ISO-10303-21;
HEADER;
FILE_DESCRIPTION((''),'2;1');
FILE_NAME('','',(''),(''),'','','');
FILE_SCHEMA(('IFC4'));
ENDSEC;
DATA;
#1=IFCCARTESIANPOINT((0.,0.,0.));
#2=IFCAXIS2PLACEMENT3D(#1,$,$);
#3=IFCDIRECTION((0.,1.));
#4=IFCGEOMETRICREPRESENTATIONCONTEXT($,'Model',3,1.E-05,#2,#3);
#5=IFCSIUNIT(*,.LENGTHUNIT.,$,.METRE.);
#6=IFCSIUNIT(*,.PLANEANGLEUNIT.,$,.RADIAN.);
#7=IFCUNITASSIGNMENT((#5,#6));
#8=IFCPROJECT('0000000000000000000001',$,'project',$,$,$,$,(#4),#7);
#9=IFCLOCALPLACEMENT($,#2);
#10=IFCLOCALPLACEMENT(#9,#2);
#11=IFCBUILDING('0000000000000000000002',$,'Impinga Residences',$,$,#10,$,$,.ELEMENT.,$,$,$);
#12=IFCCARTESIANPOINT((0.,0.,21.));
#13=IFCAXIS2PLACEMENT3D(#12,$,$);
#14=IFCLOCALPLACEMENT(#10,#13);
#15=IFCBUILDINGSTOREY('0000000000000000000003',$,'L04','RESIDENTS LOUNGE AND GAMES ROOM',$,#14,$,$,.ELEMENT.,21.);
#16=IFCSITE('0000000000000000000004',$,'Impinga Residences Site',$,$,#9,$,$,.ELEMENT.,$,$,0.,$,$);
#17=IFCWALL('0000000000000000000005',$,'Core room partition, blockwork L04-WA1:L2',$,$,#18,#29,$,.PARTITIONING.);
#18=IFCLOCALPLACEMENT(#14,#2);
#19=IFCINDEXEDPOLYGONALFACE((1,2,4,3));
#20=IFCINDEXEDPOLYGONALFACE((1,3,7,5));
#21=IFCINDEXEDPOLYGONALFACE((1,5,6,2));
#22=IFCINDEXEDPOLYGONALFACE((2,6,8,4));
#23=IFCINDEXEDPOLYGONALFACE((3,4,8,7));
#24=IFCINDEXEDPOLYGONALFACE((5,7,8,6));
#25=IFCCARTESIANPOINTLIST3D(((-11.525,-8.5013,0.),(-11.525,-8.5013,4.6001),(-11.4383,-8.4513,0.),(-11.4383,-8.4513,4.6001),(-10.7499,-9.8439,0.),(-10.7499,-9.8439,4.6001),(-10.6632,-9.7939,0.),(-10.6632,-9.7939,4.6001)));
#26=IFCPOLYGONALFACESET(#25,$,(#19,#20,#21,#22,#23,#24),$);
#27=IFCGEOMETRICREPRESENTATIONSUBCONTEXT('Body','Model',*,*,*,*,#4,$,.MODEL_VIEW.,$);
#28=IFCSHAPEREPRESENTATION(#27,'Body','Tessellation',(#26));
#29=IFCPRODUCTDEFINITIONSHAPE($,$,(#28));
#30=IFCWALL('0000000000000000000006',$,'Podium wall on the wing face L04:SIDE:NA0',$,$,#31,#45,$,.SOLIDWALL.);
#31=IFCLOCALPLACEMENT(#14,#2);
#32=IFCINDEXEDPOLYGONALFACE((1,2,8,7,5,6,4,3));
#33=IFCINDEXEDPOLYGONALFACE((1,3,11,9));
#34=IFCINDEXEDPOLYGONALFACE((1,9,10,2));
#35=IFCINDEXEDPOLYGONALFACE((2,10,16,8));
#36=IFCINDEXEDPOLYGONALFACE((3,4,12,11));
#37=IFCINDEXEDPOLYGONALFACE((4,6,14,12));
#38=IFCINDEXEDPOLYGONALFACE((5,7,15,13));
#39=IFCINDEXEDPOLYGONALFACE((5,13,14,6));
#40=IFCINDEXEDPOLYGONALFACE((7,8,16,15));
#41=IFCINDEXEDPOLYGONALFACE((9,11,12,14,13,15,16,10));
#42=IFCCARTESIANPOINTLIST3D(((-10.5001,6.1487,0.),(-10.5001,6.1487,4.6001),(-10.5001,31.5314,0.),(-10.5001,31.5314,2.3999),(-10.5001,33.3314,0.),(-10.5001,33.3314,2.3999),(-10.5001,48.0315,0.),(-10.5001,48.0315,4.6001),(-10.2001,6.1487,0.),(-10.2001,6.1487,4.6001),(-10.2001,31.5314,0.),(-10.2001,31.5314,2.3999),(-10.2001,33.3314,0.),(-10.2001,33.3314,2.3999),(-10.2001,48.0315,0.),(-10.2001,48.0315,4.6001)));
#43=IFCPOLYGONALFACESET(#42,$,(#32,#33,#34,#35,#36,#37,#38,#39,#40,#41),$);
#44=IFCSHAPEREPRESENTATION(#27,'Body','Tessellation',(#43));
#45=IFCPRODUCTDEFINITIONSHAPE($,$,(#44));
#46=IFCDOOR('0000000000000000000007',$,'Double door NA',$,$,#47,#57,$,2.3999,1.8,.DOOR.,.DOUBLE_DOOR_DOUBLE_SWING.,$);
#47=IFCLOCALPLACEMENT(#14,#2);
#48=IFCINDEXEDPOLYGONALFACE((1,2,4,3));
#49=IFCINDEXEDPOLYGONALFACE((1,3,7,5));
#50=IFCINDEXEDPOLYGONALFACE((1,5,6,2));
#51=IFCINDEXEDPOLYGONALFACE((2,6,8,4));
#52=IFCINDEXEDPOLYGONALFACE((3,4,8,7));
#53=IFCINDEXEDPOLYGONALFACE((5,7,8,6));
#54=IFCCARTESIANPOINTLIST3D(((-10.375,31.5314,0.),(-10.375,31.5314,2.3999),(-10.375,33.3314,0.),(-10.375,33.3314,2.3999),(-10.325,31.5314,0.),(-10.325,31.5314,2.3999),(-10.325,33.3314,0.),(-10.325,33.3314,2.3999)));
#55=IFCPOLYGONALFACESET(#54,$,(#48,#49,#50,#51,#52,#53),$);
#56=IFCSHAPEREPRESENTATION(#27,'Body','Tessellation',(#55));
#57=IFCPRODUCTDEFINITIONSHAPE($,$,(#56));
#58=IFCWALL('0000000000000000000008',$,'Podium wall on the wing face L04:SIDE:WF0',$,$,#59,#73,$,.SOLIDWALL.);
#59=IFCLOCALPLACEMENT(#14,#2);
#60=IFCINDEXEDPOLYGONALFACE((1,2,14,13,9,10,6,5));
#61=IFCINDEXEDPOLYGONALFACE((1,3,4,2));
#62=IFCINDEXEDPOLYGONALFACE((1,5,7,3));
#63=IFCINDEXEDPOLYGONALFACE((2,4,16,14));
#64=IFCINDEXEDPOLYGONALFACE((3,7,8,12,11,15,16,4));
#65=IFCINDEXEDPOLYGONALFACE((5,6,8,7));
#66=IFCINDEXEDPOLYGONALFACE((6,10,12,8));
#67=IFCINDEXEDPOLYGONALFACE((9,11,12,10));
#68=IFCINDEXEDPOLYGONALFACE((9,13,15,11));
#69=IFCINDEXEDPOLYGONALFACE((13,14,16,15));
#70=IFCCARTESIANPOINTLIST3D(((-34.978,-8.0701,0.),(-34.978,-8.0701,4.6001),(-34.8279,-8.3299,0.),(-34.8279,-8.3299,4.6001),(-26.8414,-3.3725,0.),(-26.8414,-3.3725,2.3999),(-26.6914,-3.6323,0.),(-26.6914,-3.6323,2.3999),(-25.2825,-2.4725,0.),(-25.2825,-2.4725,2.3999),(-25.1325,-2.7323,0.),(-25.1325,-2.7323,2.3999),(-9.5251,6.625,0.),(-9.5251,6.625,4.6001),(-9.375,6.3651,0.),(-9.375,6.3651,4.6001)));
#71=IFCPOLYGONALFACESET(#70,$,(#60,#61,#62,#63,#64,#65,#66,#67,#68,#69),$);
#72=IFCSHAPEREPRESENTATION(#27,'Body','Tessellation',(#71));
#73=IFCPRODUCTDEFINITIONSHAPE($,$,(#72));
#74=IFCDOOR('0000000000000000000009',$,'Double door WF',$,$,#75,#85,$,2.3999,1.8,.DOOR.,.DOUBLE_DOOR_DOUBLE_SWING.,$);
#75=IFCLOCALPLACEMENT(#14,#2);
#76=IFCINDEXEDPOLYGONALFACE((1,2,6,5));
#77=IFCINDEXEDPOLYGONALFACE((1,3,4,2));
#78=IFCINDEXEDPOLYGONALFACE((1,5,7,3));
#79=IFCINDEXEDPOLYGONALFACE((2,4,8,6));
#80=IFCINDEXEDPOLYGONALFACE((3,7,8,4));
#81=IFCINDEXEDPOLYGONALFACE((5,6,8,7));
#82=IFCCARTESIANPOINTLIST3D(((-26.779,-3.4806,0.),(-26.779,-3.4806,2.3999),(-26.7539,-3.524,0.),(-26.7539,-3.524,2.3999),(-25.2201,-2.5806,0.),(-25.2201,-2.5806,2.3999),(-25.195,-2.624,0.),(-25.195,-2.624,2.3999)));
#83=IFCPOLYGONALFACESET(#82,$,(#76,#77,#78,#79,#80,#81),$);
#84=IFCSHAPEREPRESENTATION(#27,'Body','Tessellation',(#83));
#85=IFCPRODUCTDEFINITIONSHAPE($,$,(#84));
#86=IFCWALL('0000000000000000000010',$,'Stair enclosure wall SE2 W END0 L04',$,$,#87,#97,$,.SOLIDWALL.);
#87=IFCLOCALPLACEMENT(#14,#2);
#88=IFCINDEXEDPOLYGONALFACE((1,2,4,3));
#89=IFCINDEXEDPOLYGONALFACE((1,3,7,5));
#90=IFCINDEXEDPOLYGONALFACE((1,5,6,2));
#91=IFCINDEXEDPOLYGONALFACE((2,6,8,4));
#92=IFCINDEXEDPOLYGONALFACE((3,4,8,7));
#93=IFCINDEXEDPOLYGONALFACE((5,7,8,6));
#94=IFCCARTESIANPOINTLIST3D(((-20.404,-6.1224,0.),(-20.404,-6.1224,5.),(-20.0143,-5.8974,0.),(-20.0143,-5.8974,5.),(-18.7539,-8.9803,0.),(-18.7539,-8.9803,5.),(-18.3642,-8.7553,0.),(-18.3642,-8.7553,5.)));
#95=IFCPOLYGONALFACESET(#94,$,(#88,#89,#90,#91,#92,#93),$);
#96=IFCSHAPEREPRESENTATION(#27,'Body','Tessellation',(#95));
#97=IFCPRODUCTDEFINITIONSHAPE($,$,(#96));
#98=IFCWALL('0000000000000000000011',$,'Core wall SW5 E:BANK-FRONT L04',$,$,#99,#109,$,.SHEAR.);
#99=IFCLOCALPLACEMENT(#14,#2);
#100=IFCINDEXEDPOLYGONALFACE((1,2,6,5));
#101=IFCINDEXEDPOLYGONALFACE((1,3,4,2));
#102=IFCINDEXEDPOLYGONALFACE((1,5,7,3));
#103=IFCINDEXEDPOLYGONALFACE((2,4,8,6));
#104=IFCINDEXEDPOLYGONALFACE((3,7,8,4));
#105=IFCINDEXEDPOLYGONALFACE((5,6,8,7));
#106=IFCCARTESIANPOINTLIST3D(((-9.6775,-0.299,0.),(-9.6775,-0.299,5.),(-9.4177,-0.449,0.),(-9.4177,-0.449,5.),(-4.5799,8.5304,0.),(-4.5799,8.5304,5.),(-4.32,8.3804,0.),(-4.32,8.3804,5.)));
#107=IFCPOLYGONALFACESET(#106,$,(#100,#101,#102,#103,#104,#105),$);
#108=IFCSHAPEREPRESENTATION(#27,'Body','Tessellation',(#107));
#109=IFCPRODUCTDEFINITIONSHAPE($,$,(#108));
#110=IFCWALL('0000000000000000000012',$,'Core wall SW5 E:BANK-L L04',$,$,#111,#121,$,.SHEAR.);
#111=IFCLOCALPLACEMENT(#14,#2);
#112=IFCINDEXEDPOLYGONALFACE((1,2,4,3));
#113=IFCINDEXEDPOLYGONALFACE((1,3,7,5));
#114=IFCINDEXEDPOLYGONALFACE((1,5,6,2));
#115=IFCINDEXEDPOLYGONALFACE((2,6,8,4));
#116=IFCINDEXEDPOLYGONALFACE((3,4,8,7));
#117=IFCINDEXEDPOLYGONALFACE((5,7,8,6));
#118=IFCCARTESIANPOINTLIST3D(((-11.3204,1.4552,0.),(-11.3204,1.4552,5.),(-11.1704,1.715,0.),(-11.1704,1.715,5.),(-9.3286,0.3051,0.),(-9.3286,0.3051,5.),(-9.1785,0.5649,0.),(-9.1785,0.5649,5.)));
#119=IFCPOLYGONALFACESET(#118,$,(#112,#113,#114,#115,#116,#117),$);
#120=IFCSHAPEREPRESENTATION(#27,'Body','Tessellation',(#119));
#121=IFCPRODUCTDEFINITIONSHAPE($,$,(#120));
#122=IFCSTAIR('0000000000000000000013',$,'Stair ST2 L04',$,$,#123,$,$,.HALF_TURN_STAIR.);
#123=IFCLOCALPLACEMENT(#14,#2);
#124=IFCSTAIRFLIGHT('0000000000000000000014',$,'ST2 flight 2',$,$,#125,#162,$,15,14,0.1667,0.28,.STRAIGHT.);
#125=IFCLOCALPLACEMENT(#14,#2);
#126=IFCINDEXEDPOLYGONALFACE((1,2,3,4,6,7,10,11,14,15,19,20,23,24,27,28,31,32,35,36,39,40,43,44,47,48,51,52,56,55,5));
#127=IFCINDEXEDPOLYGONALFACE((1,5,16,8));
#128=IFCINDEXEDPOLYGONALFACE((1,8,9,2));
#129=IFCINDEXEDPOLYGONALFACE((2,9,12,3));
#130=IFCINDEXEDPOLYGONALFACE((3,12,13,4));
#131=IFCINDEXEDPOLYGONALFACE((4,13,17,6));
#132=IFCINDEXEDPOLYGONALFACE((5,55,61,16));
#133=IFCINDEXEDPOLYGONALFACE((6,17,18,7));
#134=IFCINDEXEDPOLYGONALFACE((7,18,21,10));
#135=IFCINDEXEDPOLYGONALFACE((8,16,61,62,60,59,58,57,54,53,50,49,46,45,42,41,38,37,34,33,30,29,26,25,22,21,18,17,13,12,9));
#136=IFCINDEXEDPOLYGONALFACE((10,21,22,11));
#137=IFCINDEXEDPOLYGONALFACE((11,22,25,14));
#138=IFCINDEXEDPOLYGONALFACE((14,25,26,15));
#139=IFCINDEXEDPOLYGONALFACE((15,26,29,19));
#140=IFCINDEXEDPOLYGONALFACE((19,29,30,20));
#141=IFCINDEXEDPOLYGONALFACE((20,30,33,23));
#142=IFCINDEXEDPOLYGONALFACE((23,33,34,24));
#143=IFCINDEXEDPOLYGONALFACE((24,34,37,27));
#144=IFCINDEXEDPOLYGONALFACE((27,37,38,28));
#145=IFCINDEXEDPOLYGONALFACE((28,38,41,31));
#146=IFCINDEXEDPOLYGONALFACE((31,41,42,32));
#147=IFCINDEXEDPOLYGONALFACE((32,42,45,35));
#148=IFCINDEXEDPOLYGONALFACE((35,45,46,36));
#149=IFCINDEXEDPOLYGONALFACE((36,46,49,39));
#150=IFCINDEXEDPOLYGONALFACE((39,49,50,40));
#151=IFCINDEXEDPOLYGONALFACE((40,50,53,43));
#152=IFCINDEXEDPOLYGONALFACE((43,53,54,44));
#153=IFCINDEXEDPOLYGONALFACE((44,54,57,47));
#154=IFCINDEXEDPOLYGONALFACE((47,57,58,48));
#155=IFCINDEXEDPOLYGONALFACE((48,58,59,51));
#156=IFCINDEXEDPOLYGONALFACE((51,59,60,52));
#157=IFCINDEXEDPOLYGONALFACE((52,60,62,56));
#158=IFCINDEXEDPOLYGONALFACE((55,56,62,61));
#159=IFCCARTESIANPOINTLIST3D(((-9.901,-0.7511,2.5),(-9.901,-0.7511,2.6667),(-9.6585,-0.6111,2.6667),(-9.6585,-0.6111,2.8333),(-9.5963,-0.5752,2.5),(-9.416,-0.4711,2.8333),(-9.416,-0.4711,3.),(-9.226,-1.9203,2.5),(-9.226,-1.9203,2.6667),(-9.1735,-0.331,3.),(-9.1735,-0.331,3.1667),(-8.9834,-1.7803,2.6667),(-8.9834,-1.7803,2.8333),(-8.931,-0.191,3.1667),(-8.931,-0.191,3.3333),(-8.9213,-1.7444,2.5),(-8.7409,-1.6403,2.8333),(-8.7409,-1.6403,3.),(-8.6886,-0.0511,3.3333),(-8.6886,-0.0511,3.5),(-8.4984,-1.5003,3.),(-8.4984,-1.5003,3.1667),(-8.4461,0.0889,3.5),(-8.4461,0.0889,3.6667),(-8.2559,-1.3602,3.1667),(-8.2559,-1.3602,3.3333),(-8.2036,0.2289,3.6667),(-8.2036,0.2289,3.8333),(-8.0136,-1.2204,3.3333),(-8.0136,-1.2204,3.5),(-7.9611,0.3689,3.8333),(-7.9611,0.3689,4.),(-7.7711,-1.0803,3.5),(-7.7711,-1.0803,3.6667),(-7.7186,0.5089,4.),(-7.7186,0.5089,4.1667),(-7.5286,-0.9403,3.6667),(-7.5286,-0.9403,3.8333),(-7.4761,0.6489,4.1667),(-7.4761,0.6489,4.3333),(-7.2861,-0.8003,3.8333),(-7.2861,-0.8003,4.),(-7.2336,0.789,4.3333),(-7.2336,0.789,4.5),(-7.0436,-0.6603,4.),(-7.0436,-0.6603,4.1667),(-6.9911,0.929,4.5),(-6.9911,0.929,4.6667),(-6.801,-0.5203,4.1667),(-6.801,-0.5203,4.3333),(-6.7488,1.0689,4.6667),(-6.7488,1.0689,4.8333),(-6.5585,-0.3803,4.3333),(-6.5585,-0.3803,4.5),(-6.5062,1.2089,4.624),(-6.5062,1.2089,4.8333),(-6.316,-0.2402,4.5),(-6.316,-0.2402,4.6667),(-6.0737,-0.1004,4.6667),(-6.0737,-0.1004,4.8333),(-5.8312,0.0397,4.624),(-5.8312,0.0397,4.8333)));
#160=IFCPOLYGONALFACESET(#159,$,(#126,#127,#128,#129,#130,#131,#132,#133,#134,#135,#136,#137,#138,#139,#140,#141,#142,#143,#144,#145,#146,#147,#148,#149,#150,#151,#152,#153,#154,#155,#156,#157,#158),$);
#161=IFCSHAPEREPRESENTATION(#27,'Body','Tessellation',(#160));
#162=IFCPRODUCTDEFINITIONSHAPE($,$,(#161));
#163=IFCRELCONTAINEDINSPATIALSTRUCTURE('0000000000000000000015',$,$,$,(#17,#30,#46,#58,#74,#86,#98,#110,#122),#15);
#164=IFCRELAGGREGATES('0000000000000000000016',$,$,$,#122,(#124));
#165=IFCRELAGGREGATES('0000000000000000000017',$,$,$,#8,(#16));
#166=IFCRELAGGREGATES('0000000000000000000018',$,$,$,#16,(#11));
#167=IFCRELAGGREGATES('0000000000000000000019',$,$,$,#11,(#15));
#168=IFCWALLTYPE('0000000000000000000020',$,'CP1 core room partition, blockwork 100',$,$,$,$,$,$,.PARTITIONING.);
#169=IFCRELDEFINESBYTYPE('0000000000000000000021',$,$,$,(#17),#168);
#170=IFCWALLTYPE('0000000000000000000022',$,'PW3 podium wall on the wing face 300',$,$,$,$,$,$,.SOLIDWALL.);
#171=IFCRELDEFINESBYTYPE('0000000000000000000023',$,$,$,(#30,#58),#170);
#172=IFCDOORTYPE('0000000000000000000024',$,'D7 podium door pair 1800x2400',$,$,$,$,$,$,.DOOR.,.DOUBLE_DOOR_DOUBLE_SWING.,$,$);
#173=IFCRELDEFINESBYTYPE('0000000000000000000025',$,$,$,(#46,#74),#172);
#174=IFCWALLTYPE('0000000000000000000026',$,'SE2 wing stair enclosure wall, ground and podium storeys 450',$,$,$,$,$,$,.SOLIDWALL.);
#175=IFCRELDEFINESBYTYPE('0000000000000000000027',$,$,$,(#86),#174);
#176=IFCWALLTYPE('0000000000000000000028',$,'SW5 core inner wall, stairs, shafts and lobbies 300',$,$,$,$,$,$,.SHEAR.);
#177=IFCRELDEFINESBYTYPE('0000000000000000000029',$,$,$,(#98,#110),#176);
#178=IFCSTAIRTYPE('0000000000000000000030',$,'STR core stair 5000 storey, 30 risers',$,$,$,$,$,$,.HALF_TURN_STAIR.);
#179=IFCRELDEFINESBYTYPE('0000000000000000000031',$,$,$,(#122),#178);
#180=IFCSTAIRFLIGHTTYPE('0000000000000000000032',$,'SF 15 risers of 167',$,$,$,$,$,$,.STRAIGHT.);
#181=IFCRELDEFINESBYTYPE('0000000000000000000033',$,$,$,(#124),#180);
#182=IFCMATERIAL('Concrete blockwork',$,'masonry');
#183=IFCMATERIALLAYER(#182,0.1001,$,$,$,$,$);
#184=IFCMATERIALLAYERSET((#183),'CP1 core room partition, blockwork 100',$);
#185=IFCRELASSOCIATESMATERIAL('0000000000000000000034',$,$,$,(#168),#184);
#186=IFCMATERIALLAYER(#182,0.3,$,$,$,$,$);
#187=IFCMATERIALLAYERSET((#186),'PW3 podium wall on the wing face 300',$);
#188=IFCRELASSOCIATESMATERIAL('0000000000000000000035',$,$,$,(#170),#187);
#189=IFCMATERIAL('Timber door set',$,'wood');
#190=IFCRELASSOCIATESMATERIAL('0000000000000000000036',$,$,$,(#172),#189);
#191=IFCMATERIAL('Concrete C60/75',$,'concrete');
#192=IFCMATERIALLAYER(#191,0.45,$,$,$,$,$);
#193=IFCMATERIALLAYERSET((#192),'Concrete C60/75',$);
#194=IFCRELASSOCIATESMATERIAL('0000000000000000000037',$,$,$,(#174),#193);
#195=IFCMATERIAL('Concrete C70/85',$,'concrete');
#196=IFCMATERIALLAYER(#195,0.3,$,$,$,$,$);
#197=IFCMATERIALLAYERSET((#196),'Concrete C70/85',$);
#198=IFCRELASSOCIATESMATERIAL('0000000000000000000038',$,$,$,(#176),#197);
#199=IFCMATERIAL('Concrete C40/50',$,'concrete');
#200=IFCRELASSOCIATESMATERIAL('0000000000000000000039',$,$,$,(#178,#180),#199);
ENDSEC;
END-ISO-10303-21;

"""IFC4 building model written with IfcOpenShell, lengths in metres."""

from ifc_helpers import new_model, si_unit, direction, frame, frame_2d, origin, place, context, subcontext, project, spatial, polyline, rectangle, outline, extrude, material, layer, layer_set, type_object, element, fill, aggregate, save


model = new_model("IFC4")

# Units and contexts
model_context = context("Model", 3, precision=1e-05, world=origin(), true_north=direction((0.0, 1.0)))
body_context = subcontext(model_context, "Body", "Model", "MODEL_VIEW")
ifc_project = project(units=[si_unit("LENGTHUNIT", "METRE"), si_unit("PLANEANGLEUNIT", "RADIAN")], contexts=[model_context])

# Site, building, storey
site_placement = place(None, origin())
site = spatial("IfcSite", under=ifc_project, at=site_placement, Name="Impinga Residences Site", CompositionType="ELEMENT", RefElevation=0.0)
building_placement = place(site_placement, origin())
building = spatial("IfcBuilding", under=site, at=building_placement, Name="Impinga Residences", CompositionType="ELEMENT")
storey_placement = place(building_placement, frame((0.0, 0.0, 21.0)))
storey = spatial("IfcBuildingStorey", under=building, at=storey_placement, Name="L04", Description="RESIDENTS LOUNGE AND GAMES ROOM", CompositionType="ELEMENT", Elevation=21.0)

# Shared definitions
ifc_material_1 = material(Name="Concrete C70/85", Category="concrete")

# Shared definitions
ifc_material_2 = material(Name="Concrete C60/75", Category="concrete")

# Shared definitions
ifc_material_3 = material(Name="Timber door set", Category="wood")

# Shared definitions
ifc_material_4 = material(Name="Concrete blockwork", Category="masonry")
ifc_layer_1 = layer(ifc_material_4, 0.1001)
ifc_layer_set_1 = layer_set([ifc_layer_1], Name="CP1 core room partition, blockwork 100")
wall_type_1 = type_object("IfcWallType", Name="CP1 core room partition, blockwork 100", PredefinedType="PARTITIONING", material=ifc_layer_set_1)

# Wall
wall_1_placement = place(storey_placement, frame((-11.4817, -8.4763, 0.0), z_axis=(0.0, 0.0, 1.0), x_axis=(0.500018, -0.866015, 0.0)))
element("IfcWall", 1, at=wall_1_placement, inside=storey, type_object=wall_type_1, Name="Core room partition, blockwork L04-WA1:L2", PredefinedType="PARTITIONING", context=body_context, shape_type="SweptSolid", body=[
    extrude(rectangle(XDim=1.5503, YDim=0.1001, at=frame_2d((0.7751, 0.0))), origin(), (0.0, 0.0, 1.0), 4.6001),
])

# Walls, openings, doors
ifc_layer_2 = layer(ifc_material_4, 0.3)
ifc_layer_set_2 = layer_set([ifc_layer_2], Name="PW3 podium wall on the wing face 300")
wall_type_2 = type_object("IfcWallType", Name="PW3 podium wall on the wing face 300", PredefinedType="SOLIDWALL", material=ifc_layer_set_2)
wall_2_placement = place(storey_placement, frame((-10.3501, 6.1487, 0.0), z_axis=(0.0, 0.0, 1.0), x_axis=(0.0, 1.0, 0.0)))
wall_2 = element("IfcWall", 2, at=wall_2_placement, inside=storey, type_object=wall_type_2, Name="Podium wall on the wing face L04:SIDE:NA0", PredefinedType="SOLIDWALL", context=body_context, shape_type="SweptSolid", body=[
    extrude(rectangle(XDim=41.8828, YDim=0.3, at=frame_2d((20.9414, 0.0))), origin(), (0.0, 0.0, 1.0), 4.6001),
])
opening_1_placement = place(wall_2_placement, frame((25.3828, 0.0, 0.0)))
opening_1 = element("IfcOpeningElement", 3, at=opening_1_placement, cuts=wall_2, PredefinedType="OPENING", context=body_context, shape_type="SweptSolid", body=[
    extrude(rectangle(XDim=1.8, YDim=2.3999, at=frame_2d((0.8999, 1.2))), frame((0.0, 0.1599, 0.0), z_axis=(0.0, -1.0, 0.0), x_axis=(1.0, 0.0, 0.0)), (0.0, 0.0, 1.0), 0.3201),
])
door_type_1 = type_object("IfcDoorType", Name="D7 podium door pair 1800x2400", OperationType="DOUBLE_DOOR_DOUBLE_SWING", PredefinedType="DOOR", material=ifc_material_3)
door_1_placement = place(opening_1_placement, origin())
door_1 = element("IfcDoor", 4, at=door_1_placement, inside=storey, type_object=door_type_1, Name="Double door NA", OperationType="DOUBLE_DOOR_DOUBLE_SWING", OverallHeight=2.3999, OverallWidth=1.8, PredefinedType="DOOR", context=body_context, shape_type="SweptSolid", body=[
    extrude(rectangle(XDim=1.8, YDim=2.3999, at=frame_2d((0.8999, 1.2))), frame((0.0, 0.0249, 0.0), z_axis=(0.0, -1.0, 0.0), x_axis=(1.0, 0.0, 0.0)), (0.0, 0.0, 1.0), 0.05),
])
fill(opening_1, door_1)
wall_3_placement = place(storey_placement, frame((-9.45, 6.4951, 0.0), z_axis=(0.0, 0.0, 1.0), x_axis=(-0.866028, -0.499996, 0.0)))
wall_3 = element("IfcWall", 5, at=wall_3_placement, inside=storey, type_object=wall_type_2, Name="Podium wall on the wing face L04:SIDE:WF0", PredefinedType="SOLIDWALL", context=body_context, shape_type="SweptSolid", body=[
    extrude(rectangle(XDim=29.3904, YDim=0.3, at=frame_2d((14.6953, 0.0))), origin(), (0.0, 0.0, 1.0), 4.6001),
])
opening_2_placement = place(wall_3_placement, frame((18.1953, 0.0, 0.0)))
opening_2 = element("IfcOpeningElement", 6, at=opening_2_placement, cuts=wall_3, PredefinedType="OPENING", context=body_context, shape_type="SweptSolid", body=[
    extrude(rectangle(XDim=1.8, YDim=2.3999, at=frame_2d((0.8999, 1.2))), frame((0.0, 0.1599, 0.0), z_axis=(0.0, -1.0, 0.0), x_axis=(1.0, 0.0, 0.0)), (0.0, 0.0, 1.0), 0.3201),
])
door_2_placement = place(opening_2_placement, origin())
door_2 = element("IfcDoor", 7, at=door_2_placement, inside=storey, type_object=door_type_1, Name="Double door WF", OperationType="DOUBLE_DOOR_DOUBLE_SWING", OverallHeight=2.3999, OverallWidth=1.8, PredefinedType="DOOR", context=body_context, shape_type="SweptSolid", body=[
    extrude(rectangle(XDim=1.8, YDim=2.3999, at=frame_2d((0.8999, 1.2))), frame((0.0, 0.0249, 0.0), z_axis=(0.0, -1.0, 0.0), x_axis=(1.0, 0.0, 0.0)), (0.0, 0.0, 1.0), 0.05),
])
fill(opening_2, door_2)

# Walls
ifc_layer_3 = layer(ifc_material_2, 0.45)
ifc_layer_set_3 = layer_set([ifc_layer_3], Name="Concrete C60/75")
wall_type_3 = type_object("IfcWallType", Name="SE2 wing stair enclosure wall, ground and podium storeys 450", PredefinedType="SOLIDWALL", material=ifc_layer_set_3)
wall_4_placement = place(storey_placement, frame((-18.5591, -8.8677, 0.0), z_axis=(0.0, 0.0, 1.0), x_axis=(-0.50003, 0.866008, 0.0)))
element("IfcWall", 8, at=wall_4_placement, inside=storey, type_object=wall_type_3, Name="Stair enclosure wall SE2 W END0 L04", PredefinedType="SOLIDWALL", context=body_context, shape_type="SweptSolid", body=[
    extrude(rectangle(XDim=3.3, YDim=0.45, at=frame_2d((1.6499, 0.0))), origin(), (0.0, 0.0, 1.0), 5.0),
])
ifc_layer_4 = layer(ifc_material_1, 0.3)
ifc_layer_set_4 = layer_set([ifc_layer_4], Name="Concrete C70/85")
wall_type_4 = type_object("IfcWallType", Name="SW5 core inner wall, stairs, shafts and lobbies 300", PredefinedType="SHEAR", material=ifc_layer_set_4)
wall_5_placement = place(storey_placement, frame((-9.5476, -0.374, 0.0), z_axis=(0.0, 0.0, 1.0), x_axis=(0.500002, 0.866024, 0.0)))
element("IfcWall", 9, at=wall_5_placement, inside=storey, type_object=wall_type_4, Name="Core wall SW5 E:BANK-FRONT L04", PredefinedType="SHEAR", context=body_context, shape_type="SweptSolid", body=[
    extrude(rectangle(XDim=10.1953, YDim=0.3, at=frame_2d((5.0977, 0.0))), origin(), (0.0, 0.0, 1.0), 5.0),
])
wall_6_placement = place(storey_placement, frame((-9.2537, 0.4351, 0.0), z_axis=(0.0, 0.0, 1.0), x_axis=(-0.866007, 0.500032, 0.0)))
element("IfcWall", 10, at=wall_6_placement, inside=storey, type_object=wall_type_4, Name="Core wall SW5 E:BANK-L L04", PredefinedType="SHEAR", context=body_context, shape_type="SweptSolid", body=[
    extrude(rectangle(XDim=2.3, YDim=0.3, at=frame_2d((1.1499, 0.0))), origin(), (0.0, 0.0, 1.0), 5.0),
])

# Stair, stair flight
ifc_material_5 = material(Name="Concrete C40/50", Category="concrete")
stair_type = type_object("IfcStairType", Name="STR core stair 5000 storey, 30 risers", PredefinedType="HALF_TURN_STAIR", material=ifc_material_5)
stair_placement = place(storey_placement, origin())
stair = element("IfcStair", 11, at=stair_placement, inside=storey, type_object=stair_type, Name="Stair ST2 L04", PredefinedType="HALF_TURN_STAIR")
stair_flight_type = type_object("IfcStairFlightType", Name="SF 15 risers of 167", PredefinedType="STRAIGHT", material=ifc_material_5)
stair_flight_placement = place(storey_placement, frame((-9.5635, -1.3357, 2.5), z_axis=(0.0, 0.0, 1.0), x_axis=(0.866025, 0.5, 0.0)))
stair_flight = element("IfcStairFlight", 12, at=stair_flight_placement, type_object=stair_flight_type, Name="ST2 flight 2", NumberOfRisers=15, NumberOfTreads=14, PredefinedType="STRAIGHT", RiserHeight=0.1667, TreadLength=0.28, context=body_context, shape_type="SweptSolid", body=[
    extrude(outline(polyline([(0.0, 0.0), (0.0, 0.1667), (0.28, 0.1667), (0.28, 0.3333), (0.5601, 0.3333), (0.5601, 0.5), (0.8401, 0.5), (0.8401, 0.6667), (1.1201, 0.6667), (1.1201, 0.8333), (1.3999, 0.8333), (1.3999, 1.0), (1.6799, 1.0), (1.6799, 1.1667), (1.96, 1.1667), (1.96, 1.3333), (2.24, 1.3333), (2.24, 1.5), (2.52, 1.5), (2.52, 1.6667), (2.8, 1.6667), (2.8, 1.8333), (3.0801, 1.8333), (3.0801, 2.0), (3.3601, 2.0), (3.3601, 2.1667), (3.6399, 2.1667), (3.6399, 2.3333), (3.9199, 2.3333), (3.9199, 2.5), (3.9199, 2.124), (0.3518, 0.0), (0.0, 0.0)])), frame((0.0, 0.675, 0.0), z_axis=(0.0, -1.0, 0.0), x_axis=(1.0, 0.0, 0.0)), (0.0, 0.0, 1.0), 1.3501),
])
aggregate(stair, [stair_flight])

save(model, "model.ifc")
